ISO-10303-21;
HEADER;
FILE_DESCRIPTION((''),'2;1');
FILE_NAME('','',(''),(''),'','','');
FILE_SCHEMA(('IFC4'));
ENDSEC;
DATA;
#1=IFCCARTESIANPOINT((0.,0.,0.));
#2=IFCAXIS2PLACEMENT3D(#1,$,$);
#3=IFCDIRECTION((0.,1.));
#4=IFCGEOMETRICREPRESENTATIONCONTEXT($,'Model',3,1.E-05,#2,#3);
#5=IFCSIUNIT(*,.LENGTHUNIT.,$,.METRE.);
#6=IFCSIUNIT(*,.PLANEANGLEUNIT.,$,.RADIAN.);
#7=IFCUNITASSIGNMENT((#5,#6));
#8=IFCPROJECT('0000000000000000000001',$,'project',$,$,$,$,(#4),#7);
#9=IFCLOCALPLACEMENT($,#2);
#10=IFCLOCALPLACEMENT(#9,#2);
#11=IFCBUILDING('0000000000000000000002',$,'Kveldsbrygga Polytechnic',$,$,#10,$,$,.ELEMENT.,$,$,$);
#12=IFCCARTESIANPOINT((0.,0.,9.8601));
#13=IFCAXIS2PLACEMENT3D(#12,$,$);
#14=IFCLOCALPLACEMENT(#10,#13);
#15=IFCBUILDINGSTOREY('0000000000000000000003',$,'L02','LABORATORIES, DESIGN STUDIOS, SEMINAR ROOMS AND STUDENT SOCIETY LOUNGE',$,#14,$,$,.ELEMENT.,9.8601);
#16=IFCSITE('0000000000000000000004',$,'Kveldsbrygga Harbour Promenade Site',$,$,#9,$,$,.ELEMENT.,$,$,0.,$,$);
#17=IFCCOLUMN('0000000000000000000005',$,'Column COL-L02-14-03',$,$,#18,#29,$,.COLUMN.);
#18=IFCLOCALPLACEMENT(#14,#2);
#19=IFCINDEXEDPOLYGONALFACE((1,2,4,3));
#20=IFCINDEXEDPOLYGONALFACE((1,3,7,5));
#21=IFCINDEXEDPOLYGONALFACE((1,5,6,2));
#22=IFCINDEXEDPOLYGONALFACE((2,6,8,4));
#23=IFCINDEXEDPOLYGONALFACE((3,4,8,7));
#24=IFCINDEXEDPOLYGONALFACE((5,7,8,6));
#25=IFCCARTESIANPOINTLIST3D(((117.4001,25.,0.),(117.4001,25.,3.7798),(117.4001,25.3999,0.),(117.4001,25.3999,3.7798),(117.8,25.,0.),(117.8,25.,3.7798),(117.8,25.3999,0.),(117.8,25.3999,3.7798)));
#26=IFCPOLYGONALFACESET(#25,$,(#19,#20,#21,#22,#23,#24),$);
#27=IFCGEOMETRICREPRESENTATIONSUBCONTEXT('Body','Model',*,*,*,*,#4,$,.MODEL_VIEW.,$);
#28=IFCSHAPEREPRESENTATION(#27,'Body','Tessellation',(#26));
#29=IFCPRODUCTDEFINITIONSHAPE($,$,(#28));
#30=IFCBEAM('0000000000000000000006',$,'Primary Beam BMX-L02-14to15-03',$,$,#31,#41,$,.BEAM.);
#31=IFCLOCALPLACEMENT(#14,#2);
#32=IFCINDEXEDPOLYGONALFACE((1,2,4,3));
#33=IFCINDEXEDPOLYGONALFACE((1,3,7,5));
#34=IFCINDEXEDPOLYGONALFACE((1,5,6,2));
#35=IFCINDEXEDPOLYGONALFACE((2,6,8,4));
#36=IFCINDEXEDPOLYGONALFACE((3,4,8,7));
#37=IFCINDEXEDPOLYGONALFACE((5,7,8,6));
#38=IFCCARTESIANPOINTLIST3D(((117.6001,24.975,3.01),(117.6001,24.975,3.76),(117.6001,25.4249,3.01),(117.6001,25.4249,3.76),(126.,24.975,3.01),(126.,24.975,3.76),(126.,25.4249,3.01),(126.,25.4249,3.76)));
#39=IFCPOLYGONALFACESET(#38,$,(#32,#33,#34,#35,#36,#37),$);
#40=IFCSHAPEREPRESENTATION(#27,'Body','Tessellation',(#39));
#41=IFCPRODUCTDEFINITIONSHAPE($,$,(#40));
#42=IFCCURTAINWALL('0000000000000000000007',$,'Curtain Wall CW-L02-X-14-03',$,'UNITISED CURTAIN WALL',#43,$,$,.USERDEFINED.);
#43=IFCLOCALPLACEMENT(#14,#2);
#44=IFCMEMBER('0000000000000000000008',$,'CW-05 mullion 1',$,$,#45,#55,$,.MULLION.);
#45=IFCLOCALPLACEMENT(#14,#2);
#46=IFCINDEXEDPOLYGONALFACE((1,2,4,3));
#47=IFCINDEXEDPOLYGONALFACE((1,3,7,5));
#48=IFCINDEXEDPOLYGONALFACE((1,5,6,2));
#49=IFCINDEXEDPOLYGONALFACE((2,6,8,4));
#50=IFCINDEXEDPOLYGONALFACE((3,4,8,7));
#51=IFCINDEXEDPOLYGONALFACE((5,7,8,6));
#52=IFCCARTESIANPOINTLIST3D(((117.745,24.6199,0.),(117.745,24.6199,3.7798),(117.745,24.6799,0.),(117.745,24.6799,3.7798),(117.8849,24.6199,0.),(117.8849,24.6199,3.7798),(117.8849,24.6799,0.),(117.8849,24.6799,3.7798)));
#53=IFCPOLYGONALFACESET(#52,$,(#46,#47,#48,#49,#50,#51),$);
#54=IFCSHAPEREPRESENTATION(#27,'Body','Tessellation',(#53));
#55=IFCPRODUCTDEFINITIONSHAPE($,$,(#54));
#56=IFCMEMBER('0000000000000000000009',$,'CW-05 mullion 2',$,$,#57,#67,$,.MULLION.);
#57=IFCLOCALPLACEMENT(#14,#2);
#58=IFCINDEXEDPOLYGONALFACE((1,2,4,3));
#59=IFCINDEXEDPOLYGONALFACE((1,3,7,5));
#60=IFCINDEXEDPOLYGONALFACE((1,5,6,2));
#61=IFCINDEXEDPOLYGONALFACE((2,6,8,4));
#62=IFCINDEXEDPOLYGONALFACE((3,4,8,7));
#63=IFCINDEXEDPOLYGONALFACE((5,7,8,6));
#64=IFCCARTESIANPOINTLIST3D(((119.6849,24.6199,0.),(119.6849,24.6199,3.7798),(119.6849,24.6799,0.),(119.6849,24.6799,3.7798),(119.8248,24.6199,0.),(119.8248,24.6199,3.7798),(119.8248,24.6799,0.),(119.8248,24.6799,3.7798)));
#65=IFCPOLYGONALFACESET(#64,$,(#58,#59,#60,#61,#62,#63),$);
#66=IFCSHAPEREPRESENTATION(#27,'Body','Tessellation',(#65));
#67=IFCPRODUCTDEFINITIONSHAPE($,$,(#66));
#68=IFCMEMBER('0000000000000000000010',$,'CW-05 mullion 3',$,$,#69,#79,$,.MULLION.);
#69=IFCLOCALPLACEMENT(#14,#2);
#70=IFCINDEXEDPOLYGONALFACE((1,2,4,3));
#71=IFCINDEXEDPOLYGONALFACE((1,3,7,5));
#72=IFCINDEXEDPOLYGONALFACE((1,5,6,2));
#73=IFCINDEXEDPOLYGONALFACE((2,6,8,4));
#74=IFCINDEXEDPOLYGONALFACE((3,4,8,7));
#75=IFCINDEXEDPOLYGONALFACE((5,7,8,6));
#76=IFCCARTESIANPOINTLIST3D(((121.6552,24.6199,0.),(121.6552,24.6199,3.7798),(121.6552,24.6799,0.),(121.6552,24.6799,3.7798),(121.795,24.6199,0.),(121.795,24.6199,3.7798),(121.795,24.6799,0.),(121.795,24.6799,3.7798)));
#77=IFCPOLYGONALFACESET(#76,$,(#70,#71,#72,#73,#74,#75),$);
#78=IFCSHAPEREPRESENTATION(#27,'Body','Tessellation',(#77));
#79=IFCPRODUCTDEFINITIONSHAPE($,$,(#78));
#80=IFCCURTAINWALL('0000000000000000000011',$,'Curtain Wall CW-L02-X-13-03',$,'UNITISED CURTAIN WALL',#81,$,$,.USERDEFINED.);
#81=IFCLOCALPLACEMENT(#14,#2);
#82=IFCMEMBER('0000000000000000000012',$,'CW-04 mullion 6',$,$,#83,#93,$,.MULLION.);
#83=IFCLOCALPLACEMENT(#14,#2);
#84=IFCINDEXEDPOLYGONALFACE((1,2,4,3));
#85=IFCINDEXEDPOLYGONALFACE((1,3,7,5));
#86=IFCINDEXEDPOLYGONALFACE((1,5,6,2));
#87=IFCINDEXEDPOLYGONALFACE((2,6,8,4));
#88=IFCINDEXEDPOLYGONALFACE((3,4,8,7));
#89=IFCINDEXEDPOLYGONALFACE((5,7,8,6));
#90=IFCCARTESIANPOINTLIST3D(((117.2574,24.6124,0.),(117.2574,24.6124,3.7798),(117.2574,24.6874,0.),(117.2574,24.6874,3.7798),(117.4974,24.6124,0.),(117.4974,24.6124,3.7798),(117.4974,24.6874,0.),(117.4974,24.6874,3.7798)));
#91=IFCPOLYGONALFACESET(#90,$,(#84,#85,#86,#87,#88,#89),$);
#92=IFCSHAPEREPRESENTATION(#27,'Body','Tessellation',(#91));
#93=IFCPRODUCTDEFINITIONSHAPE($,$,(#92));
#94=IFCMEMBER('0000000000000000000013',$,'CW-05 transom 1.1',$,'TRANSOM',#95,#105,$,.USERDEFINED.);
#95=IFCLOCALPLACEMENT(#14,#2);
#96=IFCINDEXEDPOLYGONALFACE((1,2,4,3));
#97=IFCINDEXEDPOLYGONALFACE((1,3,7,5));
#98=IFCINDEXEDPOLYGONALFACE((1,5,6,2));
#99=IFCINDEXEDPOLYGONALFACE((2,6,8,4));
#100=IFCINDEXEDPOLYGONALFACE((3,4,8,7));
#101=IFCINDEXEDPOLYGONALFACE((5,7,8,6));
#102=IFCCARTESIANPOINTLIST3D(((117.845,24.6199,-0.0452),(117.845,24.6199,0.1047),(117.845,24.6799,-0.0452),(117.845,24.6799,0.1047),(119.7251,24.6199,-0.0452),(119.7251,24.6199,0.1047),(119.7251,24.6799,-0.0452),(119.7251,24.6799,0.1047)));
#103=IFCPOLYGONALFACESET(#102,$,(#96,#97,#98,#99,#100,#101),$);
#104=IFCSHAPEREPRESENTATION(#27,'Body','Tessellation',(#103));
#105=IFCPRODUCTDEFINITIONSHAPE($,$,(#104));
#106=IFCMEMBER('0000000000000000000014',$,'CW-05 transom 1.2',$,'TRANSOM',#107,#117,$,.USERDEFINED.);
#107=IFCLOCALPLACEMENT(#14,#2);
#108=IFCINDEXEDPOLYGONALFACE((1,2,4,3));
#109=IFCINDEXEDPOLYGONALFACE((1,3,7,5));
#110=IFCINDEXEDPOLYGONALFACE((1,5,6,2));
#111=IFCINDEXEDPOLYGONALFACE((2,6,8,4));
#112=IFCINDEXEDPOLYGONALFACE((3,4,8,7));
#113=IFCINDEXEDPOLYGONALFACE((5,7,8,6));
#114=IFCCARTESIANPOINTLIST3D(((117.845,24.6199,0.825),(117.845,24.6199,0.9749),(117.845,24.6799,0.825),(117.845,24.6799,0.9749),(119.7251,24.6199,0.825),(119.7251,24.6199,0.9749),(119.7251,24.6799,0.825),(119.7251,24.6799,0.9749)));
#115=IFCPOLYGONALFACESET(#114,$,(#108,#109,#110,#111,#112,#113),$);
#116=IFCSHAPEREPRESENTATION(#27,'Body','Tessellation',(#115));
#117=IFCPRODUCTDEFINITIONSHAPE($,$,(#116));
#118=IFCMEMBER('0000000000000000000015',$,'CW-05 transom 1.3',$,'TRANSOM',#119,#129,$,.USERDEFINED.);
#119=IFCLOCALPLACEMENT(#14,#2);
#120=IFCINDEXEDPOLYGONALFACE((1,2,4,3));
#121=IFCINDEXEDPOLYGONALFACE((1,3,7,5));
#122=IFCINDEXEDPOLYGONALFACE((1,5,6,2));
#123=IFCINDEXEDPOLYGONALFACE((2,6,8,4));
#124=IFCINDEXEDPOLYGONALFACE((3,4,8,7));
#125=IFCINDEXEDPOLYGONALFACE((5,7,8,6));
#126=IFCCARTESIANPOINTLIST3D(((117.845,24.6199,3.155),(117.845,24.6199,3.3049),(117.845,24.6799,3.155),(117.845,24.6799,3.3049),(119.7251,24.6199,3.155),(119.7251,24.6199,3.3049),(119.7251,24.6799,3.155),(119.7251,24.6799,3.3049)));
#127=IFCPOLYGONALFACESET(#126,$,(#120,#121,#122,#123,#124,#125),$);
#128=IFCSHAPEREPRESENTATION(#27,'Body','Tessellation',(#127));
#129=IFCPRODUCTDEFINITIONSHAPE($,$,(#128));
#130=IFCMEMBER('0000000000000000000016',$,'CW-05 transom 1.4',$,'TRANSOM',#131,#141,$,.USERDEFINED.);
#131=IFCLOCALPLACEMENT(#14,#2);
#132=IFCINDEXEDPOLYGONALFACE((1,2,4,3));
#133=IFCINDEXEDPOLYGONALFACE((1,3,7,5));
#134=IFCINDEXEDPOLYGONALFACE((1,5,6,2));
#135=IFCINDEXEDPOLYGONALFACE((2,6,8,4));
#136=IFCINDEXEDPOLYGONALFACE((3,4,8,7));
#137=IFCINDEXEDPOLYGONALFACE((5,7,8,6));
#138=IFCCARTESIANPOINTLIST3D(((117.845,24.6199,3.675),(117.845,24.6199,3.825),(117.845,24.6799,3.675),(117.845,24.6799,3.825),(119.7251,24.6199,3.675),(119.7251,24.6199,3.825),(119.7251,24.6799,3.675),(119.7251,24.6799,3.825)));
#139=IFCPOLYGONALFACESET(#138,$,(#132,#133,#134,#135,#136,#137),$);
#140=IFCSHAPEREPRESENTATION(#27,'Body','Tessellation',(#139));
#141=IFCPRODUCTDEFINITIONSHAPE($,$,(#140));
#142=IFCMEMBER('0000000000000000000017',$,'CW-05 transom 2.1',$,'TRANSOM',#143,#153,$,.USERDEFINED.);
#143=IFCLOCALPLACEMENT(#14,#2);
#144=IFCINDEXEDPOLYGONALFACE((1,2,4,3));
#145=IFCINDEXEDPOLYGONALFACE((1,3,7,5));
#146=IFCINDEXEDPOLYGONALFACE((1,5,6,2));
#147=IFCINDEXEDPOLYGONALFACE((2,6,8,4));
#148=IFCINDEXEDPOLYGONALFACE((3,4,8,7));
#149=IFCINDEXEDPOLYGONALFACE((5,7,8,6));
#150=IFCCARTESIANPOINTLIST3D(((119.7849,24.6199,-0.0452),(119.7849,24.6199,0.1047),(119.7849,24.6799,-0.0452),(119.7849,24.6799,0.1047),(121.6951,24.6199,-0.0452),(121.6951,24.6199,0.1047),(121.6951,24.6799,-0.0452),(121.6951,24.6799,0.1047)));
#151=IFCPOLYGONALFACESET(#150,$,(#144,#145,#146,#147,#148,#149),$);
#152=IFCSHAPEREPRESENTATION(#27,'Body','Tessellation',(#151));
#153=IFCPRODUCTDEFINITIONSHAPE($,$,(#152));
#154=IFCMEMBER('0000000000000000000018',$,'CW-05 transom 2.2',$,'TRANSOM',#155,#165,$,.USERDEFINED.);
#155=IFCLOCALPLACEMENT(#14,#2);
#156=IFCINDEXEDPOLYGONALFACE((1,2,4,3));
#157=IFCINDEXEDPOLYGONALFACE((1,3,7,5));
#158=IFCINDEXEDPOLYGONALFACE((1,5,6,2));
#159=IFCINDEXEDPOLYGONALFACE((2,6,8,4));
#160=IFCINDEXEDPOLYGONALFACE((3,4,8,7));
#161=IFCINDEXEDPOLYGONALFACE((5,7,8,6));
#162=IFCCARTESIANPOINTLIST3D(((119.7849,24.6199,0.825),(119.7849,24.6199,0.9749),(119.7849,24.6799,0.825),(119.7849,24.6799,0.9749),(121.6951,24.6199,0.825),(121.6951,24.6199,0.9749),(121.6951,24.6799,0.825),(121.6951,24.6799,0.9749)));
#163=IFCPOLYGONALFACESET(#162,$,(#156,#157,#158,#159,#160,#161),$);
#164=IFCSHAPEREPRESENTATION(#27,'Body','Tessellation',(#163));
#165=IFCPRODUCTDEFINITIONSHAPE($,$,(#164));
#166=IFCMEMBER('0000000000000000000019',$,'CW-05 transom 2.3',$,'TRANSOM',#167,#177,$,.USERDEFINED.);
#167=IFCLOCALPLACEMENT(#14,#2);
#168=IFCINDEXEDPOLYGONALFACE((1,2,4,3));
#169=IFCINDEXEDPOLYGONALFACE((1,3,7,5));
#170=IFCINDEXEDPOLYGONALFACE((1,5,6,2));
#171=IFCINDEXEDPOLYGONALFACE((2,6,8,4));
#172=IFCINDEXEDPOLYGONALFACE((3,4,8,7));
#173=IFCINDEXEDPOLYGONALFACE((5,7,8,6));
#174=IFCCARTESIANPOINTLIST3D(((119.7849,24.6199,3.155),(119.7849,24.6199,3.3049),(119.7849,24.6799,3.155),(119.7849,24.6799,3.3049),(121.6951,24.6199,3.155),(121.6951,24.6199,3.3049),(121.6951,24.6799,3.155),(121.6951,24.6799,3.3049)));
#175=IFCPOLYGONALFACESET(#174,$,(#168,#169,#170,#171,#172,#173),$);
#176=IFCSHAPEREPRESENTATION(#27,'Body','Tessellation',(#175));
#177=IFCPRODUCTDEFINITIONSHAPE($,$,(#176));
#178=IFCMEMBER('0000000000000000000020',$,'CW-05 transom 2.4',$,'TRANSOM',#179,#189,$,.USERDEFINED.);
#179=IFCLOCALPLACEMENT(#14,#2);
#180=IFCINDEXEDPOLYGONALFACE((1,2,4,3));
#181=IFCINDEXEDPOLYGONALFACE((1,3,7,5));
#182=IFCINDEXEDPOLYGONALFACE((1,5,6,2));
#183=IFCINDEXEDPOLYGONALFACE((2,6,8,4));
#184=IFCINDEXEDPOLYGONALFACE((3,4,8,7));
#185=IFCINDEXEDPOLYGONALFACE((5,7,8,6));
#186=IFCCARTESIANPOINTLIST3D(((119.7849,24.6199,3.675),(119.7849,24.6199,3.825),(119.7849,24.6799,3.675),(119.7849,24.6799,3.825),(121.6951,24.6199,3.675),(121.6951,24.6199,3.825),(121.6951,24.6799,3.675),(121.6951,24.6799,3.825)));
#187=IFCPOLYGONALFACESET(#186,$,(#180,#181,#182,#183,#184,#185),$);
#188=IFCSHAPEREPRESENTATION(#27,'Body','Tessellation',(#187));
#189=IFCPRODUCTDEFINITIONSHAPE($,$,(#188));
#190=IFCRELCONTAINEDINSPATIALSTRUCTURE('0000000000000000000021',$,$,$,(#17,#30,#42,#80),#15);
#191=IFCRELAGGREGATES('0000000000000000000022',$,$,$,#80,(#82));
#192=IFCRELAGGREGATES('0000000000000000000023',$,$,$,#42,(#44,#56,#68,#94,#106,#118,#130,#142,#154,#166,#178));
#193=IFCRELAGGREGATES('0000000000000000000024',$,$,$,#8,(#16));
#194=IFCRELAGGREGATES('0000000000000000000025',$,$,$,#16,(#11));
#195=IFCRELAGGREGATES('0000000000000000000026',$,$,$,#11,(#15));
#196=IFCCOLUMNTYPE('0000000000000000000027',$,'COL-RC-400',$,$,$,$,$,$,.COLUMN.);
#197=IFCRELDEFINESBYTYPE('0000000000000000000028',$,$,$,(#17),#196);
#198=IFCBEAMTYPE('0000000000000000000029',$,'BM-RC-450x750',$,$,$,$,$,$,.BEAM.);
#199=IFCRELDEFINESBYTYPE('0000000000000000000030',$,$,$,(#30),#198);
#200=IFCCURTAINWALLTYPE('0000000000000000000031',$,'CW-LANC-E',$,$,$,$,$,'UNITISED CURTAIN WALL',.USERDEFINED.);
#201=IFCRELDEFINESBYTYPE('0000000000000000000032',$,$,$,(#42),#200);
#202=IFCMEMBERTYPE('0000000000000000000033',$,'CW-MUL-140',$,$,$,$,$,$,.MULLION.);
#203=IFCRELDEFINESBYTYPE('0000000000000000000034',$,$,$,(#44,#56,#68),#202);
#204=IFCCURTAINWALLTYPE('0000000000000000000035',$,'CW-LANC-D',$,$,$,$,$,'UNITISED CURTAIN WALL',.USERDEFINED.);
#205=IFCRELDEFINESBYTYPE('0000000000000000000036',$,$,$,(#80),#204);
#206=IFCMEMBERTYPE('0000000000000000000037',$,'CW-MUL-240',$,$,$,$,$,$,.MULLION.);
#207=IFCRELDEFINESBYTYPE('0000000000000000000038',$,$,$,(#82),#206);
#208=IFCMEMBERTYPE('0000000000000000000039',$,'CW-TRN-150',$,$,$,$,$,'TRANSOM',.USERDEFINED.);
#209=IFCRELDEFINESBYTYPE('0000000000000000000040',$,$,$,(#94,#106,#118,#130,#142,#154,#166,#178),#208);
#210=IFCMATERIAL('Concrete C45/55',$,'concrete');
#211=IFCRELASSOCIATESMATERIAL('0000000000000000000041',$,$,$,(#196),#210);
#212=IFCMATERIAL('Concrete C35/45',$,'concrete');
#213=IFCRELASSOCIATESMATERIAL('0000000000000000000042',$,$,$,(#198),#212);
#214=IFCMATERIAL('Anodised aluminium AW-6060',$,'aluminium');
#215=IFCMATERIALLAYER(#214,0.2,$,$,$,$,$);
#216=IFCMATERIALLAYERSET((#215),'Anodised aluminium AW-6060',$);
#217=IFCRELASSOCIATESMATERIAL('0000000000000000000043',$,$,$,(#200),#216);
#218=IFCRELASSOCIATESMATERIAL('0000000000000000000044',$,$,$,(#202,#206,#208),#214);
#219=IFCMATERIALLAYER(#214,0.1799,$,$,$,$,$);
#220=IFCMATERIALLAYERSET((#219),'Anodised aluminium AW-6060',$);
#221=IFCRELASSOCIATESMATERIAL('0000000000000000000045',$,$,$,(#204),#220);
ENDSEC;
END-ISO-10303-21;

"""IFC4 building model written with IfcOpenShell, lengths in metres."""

from ifc_helpers import new_model, si_unit, direction, frame, origin, origin_2d, place, context, subcontext, project, spatial, rectangle, extrude, material, layer, layer_set, material_profile, profile_set, type_object, element, aggregate, save


model = new_model("IFC4")

# Units and contexts
model_context = context("Model", 3, precision=1e-05, world=origin(), true_north=direction((0.0, 1.0)))
body_context = subcontext(model_context, "Body", "Model", "MODEL_VIEW")
ifc_project = project(units=[si_unit("LENGTHUNIT", "METRE"), si_unit("PLANEANGLEUNIT", "RADIAN")], contexts=[model_context])

# Site, building, storey
site_placement = place(None, origin())
site = spatial("IfcSite", under=ifc_project, at=site_placement, Name="Kveldsbrygga Harbour Promenade Site", CompositionType="ELEMENT", RefElevation=0.0)
building_placement = place(site_placement, origin())
building = spatial("IfcBuilding", under=site, at=building_placement, Name="Kveldsbrygga Polytechnic", CompositionType="ELEMENT")
storey_placement = place(building_placement, frame((0.0, 0.0, 9.8601)))
storey = spatial("IfcBuildingStorey", under=building, at=storey_placement, Name="L02", Description="LABORATORIES, DESIGN STUDIOS, SEMINAR ROOMS AND STUDENT SOCIETY LOUNGE", CompositionType="ELEMENT", Elevation=9.8601)

# Column
ifc_material_1 = material(Name="Concrete C45/55", Category="concrete")
ifc_material_profile_1 = material_profile(ifc_material_1, rectangle(XDim=0.3999, YDim=0.3999, at=origin_2d()), Name="RC 400x400")
ifc_profile_set_1 = profile_set([ifc_material_profile_1], Name="Concrete C45/55")
column_type = type_object("IfcColumnType", Name="COL-RC-400", PredefinedType="COLUMN", material=ifc_profile_set_1)
column_placement = place(storey_placement, frame((117.6001, 25.2, 0.0), z_axis=(0.0, 0.0, 1.0), x_axis=(1.0, 0.0, 0.0)))
element("IfcColumn", 1, at=column_placement, inside=storey, type_object=column_type, Name="Column COL-L02-14-03", PredefinedType="COLUMN", context=body_context, shape_type="SweptSolid", body=[
    extrude(rectangle(XDim=0.3999, YDim=0.3999, at=origin_2d()), origin(), (0.0, 0.0, 1.0), 3.7798),
])

# Beam
ifc_material_2 = material(Name="Concrete C35/45", Category="concrete")
ifc_material_profile_2 = material_profile(ifc_material_2, rectangle(XDim=0.45, YDim=0.75, at=origin_2d()), Name="RC 450x750")
ifc_profile_set_2 = profile_set([ifc_material_profile_2], Name="Concrete C35/45")
beam_type = type_object("IfcBeamType", Name="BM-RC-450x750", PredefinedType="BEAM", material=ifc_profile_set_2)
beam_placement = place(storey_placement, frame((117.6001, 25.2, 3.385), z_axis=(1.0, 0.0, 0.0), x_axis=(0.0, 1.0, 0.0)))
element("IfcBeam", 2, at=beam_placement, inside=storey, type_object=beam_type, Name="Primary Beam BMX-L02-14to15-03", PredefinedType="BEAM", context=body_context, shape_type="SweptSolid", body=[
    extrude(rectangle(XDim=0.45, YDim=0.75, at=origin_2d()), origin(), (0.0, 0.0, 1.0), 8.3999),
])

# Curtain wall, members
ifc_material_3 = material(Name="Anodised aluminium AW-6060", Category="aluminium")
ifc_layer_1 = layer(ifc_material_3, 0.2)
ifc_layer_set_1 = layer_set([ifc_layer_1], Name="Anodised aluminium AW-6060")
curtain_wall_type_1 = type_object("IfcCurtainWallType", Name="CW-LANC-E", ElementType="UNITISED CURTAIN WALL", PredefinedType="USERDEFINED", material=ifc_layer_set_1)
curtain_wall_1_placement = place(storey_placement, origin())
curtain_wall_1 = element("IfcCurtainWall", 3, at=curtain_wall_1_placement, inside=storey, type_object=curtain_wall_type_1, Name="Curtain Wall CW-L02-X-14-03", ObjectType="UNITISED CURTAIN WALL", PredefinedType="USERDEFINED")
ifc_material_profile_3 = material_profile(ifc_material_3, rectangle(XDim=0.0601, YDim=0.1399, at=origin_2d()), Name="ALU 60x140")
ifc_profile_set_3 = profile_set([ifc_material_profile_3], Name="Anodised aluminium AW-6060")
member_type_1 = type_object("IfcMemberType", Name="CW-MUL-140", PredefinedType="MULLION", material=ifc_profile_set_3)
member_1_placement = place(storey_placement, frame((117.8149, 24.6499, 0.0), z_axis=(0.0, 0.0, 1.0), x_axis=(0.0, 1.0, 0.0)))
member_1 = element("IfcMember", 4, at=member_1_placement, type_object=member_type_1, Name="CW-05 mullion 1", PredefinedType="MULLION", context=body_context, shape_type="SweptSolid", body=[
    extrude(rectangle(XDim=0.0601, YDim=0.1399, at=origin_2d()), origin(), (0.0, 0.0, 1.0), 3.7798),
])
member_2_placement = place(storey_placement, frame((119.7549, 24.6499, 0.0), z_axis=(0.0, 0.0, 1.0), x_axis=(0.0, 1.0, 0.0)))
member_2 = element("IfcMember", 5, at=member_2_placement, type_object=member_type_1, Name="CW-05 mullion 2", PredefinedType="MULLION", context=body_context, shape_type="SweptSolid", body=[
    extrude(rectangle(XDim=0.0601, YDim=0.1399, at=origin_2d()), origin(), (0.0, 0.0, 1.0), 3.7798),
])
member_3_placement = place(storey_placement, frame((121.7251, 24.6499, 0.0), z_axis=(0.0, 0.0, 1.0), x_axis=(0.0, 1.0, 0.0)))
member_3 = element("IfcMember", 6, at=member_3_placement, type_object=member_type_1, Name="CW-05 mullion 3", PredefinedType="MULLION", context=body_context, shape_type="SweptSolid", body=[
    extrude(rectangle(XDim=0.0601, YDim=0.1399, at=origin_2d()), origin(), (0.0, 0.0, 1.0), 3.7798),
])

# Curtain wall, member
ifc_layer_2 = layer(ifc_material_3, 0.1799)
ifc_layer_set_2 = layer_set([ifc_layer_2], Name="Anodised aluminium AW-6060")
curtain_wall_type_2 = type_object("IfcCurtainWallType", Name="CW-LANC-D", ElementType="UNITISED CURTAIN WALL", PredefinedType="USERDEFINED", material=ifc_layer_set_2)
curtain_wall_2_placement = place(storey_placement, origin())
curtain_wall_2 = element("IfcCurtainWall", 7, at=curtain_wall_2_placement, inside=storey, type_object=curtain_wall_type_2, Name="Curtain Wall CW-L02-X-13-03", ObjectType="UNITISED CURTAIN WALL", PredefinedType="USERDEFINED")
ifc_material_profile_4 = material_profile(ifc_material_3, rectangle(XDim=0.075, YDim=0.24, at=origin_2d()), Name="ALU 75x240")
ifc_profile_set_4 = profile_set([ifc_material_profile_4], Name="Anodised aluminium AW-6060")
member_type_2 = type_object("IfcMemberType", Name="CW-MUL-240", PredefinedType="MULLION", material=ifc_profile_set_4)
member_4_placement = place(storey_placement, frame((117.3774, 24.6499, 0.0), z_axis=(0.0, 0.0, 1.0), x_axis=(0.0, 1.0, 0.0)))
member_4 = element("IfcMember", 8, at=member_4_placement, type_object=member_type_2, Name="CW-04 mullion 6", PredefinedType="MULLION", context=body_context, shape_type="SweptSolid", body=[
    extrude(rectangle(XDim=0.075, YDim=0.24, at=origin_2d()), origin(), (0.0, 0.0, 1.0), 3.7798),
])

# Members
ifc_material_profile_5 = material_profile(ifc_material_3, rectangle(XDim=0.0601, YDim=0.1499, at=origin_2d()), Name="ALU 60x150")
ifc_profile_set_5 = profile_set([ifc_material_profile_5], Name="Anodised aluminium AW-6060")
member_type_3 = type_object("IfcMemberType", Name="CW-TRN-150", ElementType="TRANSOM", PredefinedType="USERDEFINED", material=ifc_profile_set_5)
member_5_placement = place(storey_placement, frame((117.845, 24.6499, 0.0298), z_axis=(1.0, 0.0, 0.0), x_axis=(0.0, 1.0, 0.0)))
member_5 = element("IfcMember", 9, at=member_5_placement, type_object=member_type_3, Name="CW-05 transom 1.1", ObjectType="TRANSOM", PredefinedType="USERDEFINED", context=body_context, shape_type="SweptSolid", body=[
    extrude(rectangle(XDim=0.0601, YDim=0.1499, at=origin_2d()), origin(), (0.0, 0.0, 1.0), 1.8801),
])
member_6_placement = place(storey_placement, frame((117.845, 24.6499, 0.8999), z_axis=(1.0, 0.0, 0.0), x_axis=(0.0, 1.0, 0.0)))
member_6 = element("IfcMember", 10, at=member_6_placement, type_object=member_type_3, Name="CW-05 transom 1.2", ObjectType="TRANSOM", PredefinedType="USERDEFINED", context=body_context, shape_type="SweptSolid", body=[
    extrude(rectangle(XDim=0.0601, YDim=0.1499, at=origin_2d()), origin(), (0.0, 0.0, 1.0), 1.8801),
])
member_7_placement = place(storey_placement, frame((117.845, 24.6499, 3.23), z_axis=(1.0, 0.0, 0.0), x_axis=(0.0, 1.0, 0.0)))
member_7 = element("IfcMember", 11, at=member_7_placement, type_object=member_type_3, Name="CW-05 transom 1.3", ObjectType="TRANSOM", PredefinedType="USERDEFINED", context=body_context, shape_type="SweptSolid", body=[
    extrude(rectangle(XDim=0.0601, YDim=0.1499, at=origin_2d()), origin(), (0.0, 0.0, 1.0), 1.8801),
])
member_8_placement = place(storey_placement, frame((117.845, 24.6499, 3.75), z_axis=(1.0, 0.0, 0.0), x_axis=(0.0, 1.0, 0.0)))
member_8 = element("IfcMember", 12, at=member_8_placement, type_object=member_type_3, Name="CW-05 transom 1.4", ObjectType="TRANSOM", PredefinedType="USERDEFINED", context=body_context, shape_type="SweptSolid", body=[
    extrude(rectangle(XDim=0.0601, YDim=0.1499, at=origin_2d()), origin(), (0.0, 0.0, 1.0), 1.8801),
])
member_9_placement = place(storey_placement, frame((119.7849, 24.6499, 0.0298), z_axis=(1.0, 0.0, 0.0), x_axis=(0.0, 1.0, 0.0)))
member_9 = element("IfcMember", 13, at=member_9_placement, type_object=member_type_3, Name="CW-05 transom 2.1", ObjectType="TRANSOM", PredefinedType="USERDEFINED", context=body_context, shape_type="SweptSolid", body=[
    extrude(rectangle(XDim=0.0601, YDim=0.1499, at=origin_2d()), origin(), (0.0, 0.0, 1.0), 1.9102),
])
member_10_placement = place(storey_placement, frame((119.7849, 24.6499, 0.8999), z_axis=(1.0, 0.0, 0.0), x_axis=(0.0, 1.0, 0.0)))
member_10 = element("IfcMember", 14, at=member_10_placement, type_object=member_type_3, Name="CW-05 transom 2.2", ObjectType="TRANSOM", PredefinedType="USERDEFINED", context=body_context, shape_type="SweptSolid", body=[
    extrude(rectangle(XDim=0.0601, YDim=0.1499, at=origin_2d()), origin(), (0.0, 0.0, 1.0), 1.9102),
])
member_11_placement = place(storey_placement, frame((119.7849, 24.6499, 3.23), z_axis=(1.0, 0.0, 0.0), x_axis=(0.0, 1.0, 0.0)))
member_11 = element("IfcMember", 15, at=member_11_placement, type_object=member_type_3, Name="CW-05 transom 2.3", ObjectType="TRANSOM", PredefinedType="USERDEFINED", context=body_context, shape_type="SweptSolid", body=[
    extrude(rectangle(XDim=0.0601, YDim=0.1499, at=origin_2d()), origin(), (0.0, 0.0, 1.0), 1.9102),
])
member_12_placement = place(storey_placement, frame((119.7849, 24.6499, 3.75), z_axis=(1.0, 0.0, 0.0), x_axis=(0.0, 1.0, 0.0)))
member_12 = element("IfcMember", 16, at=member_12_placement, type_object=member_type_3, Name="CW-05 transom 2.4", ObjectType="TRANSOM", PredefinedType="USERDEFINED", context=body_context, shape_type="SweptSolid", body=[
    extrude(rectangle(XDim=0.0601, YDim=0.1499, at=origin_2d()), origin(), (0.0, 0.0, 1.0), 1.9102),
])

aggregate(curtain_wall_2, [member_4])
aggregate(curtain_wall_1, [member_1, member_2, member_3, member_5, member_6, member_7, member_8, member_9, member_10, member_11, member_12])

save(model, "model.ifc")
